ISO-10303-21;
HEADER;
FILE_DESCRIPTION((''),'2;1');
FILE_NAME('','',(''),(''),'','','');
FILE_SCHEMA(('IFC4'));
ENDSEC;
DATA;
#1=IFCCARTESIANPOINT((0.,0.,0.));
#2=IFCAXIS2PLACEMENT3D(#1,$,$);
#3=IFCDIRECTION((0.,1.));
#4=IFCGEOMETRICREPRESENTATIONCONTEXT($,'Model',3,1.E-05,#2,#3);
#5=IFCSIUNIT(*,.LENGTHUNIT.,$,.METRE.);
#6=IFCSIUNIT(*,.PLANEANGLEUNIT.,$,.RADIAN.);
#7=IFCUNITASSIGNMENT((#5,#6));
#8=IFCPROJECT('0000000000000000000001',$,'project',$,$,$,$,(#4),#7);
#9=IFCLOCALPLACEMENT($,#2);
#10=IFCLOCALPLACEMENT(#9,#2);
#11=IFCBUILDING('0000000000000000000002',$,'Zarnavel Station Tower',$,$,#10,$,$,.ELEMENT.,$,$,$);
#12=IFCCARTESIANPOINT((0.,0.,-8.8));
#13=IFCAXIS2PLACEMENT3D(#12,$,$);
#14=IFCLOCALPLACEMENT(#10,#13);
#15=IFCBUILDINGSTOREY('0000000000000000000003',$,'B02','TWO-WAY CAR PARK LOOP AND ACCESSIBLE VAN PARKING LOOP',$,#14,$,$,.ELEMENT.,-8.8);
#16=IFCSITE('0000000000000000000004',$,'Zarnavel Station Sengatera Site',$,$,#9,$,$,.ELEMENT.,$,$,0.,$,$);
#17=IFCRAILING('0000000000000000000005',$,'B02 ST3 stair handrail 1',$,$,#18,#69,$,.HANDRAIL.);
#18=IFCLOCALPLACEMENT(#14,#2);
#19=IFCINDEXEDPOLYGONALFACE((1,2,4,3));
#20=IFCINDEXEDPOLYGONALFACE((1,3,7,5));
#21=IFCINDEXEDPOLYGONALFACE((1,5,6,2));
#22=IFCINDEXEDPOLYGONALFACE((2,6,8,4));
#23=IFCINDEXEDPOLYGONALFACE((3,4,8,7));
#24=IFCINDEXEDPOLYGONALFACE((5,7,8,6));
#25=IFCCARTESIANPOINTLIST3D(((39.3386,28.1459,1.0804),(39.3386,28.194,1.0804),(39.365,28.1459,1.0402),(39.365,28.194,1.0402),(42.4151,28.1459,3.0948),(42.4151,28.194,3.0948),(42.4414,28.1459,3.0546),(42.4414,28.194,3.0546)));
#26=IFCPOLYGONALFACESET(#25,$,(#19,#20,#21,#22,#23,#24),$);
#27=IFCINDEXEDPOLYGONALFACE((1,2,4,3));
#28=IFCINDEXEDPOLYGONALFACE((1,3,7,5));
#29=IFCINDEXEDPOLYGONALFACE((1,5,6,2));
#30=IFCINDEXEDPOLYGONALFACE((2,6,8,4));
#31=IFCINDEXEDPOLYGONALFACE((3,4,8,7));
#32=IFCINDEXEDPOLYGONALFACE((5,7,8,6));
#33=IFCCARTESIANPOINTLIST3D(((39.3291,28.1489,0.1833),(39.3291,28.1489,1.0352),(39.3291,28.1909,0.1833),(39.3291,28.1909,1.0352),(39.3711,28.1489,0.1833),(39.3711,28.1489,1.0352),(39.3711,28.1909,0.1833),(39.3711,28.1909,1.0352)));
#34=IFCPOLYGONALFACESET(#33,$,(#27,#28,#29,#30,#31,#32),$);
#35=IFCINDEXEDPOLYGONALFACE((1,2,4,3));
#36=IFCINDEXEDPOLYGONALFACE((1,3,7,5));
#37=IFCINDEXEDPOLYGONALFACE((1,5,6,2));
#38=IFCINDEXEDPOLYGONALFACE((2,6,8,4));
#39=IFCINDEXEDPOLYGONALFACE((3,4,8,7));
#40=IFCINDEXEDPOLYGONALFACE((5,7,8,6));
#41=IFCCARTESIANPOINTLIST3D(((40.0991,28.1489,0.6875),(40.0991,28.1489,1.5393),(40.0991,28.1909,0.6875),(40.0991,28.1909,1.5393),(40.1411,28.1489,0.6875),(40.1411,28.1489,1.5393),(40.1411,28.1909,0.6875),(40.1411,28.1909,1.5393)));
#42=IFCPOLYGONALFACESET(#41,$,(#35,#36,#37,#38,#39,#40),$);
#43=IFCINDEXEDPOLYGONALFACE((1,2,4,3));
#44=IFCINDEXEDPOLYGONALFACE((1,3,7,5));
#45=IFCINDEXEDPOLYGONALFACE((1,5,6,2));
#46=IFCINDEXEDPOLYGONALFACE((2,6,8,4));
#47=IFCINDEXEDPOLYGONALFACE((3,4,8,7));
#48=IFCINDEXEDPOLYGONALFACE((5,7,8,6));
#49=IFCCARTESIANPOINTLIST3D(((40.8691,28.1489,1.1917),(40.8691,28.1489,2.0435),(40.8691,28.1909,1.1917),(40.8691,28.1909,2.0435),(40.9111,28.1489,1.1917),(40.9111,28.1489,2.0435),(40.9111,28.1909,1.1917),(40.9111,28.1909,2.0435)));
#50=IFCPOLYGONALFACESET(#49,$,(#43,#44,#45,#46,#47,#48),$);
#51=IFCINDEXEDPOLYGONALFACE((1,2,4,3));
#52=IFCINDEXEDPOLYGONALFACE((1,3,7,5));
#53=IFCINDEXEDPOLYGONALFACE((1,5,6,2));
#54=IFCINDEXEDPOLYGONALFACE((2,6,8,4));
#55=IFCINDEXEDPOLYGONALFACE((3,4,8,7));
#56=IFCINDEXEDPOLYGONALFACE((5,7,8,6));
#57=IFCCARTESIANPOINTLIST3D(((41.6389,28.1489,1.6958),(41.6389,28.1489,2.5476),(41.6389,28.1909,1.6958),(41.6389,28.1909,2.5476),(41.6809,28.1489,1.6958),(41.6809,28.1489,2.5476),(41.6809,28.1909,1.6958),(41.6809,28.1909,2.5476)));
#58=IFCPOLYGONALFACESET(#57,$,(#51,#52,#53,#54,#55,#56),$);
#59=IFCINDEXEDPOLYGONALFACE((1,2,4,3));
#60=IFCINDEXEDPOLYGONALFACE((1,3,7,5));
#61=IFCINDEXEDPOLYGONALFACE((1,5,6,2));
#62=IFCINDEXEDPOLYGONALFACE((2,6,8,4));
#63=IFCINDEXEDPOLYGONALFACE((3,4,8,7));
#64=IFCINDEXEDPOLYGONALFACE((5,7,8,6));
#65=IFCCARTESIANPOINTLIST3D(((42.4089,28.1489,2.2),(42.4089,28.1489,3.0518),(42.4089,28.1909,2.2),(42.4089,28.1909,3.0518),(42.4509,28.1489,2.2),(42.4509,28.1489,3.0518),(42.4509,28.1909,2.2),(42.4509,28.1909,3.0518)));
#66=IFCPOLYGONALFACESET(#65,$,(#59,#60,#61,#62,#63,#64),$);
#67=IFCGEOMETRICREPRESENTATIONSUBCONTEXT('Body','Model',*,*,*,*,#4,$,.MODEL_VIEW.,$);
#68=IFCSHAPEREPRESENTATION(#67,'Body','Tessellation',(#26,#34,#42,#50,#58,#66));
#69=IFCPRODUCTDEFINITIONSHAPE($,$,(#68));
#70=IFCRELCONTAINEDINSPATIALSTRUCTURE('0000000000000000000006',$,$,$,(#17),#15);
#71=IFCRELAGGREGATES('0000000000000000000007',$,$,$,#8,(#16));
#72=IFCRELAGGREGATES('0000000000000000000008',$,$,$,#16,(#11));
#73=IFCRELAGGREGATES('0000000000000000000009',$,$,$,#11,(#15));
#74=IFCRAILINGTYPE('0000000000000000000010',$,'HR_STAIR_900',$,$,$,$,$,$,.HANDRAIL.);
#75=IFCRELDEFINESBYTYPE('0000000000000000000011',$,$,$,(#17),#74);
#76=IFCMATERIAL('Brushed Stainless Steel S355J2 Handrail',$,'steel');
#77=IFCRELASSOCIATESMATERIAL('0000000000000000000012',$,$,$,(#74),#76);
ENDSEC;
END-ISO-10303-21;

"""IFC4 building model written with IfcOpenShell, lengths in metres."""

from ifc_helpers import new_model, si_unit, direction, frame, origin, origin_2d, place, context, subcontext, project, spatial, rectangle, extrude, material, type_object, element, save


model = new_model("IFC4")

# Units and contexts
model_context = context("Model", 3, precision=1e-05, world=origin(), true_north=direction((0.0, 1.0)))
body_context = subcontext(model_context, "Body", "Model", "MODEL_VIEW")
ifc_project = project(units=[si_unit("LENGTHUNIT", "METRE"), si_unit("PLANEANGLEUNIT", "RADIAN")], contexts=[model_context])

# Site, building, storey
site_placement = place(None, origin())
site = spatial("IfcSite", under=ifc_project, at=site_placement, Name="Zarnavel Station Sengatera Site", CompositionType="ELEMENT", RefElevation=0.0)
building_placement = place(site_placement, origin())
building = spatial("IfcBuilding", under=site, at=building_placement, Name="Zarnavel Station Tower", CompositionType="ELEMENT")
storey_placement = place(building_placement, frame((0.0, 0.0, -8.8)))
storey = spatial("IfcBuildingStorey", under=building, at=storey_placement, Name="B02", Description="TWO-WAY CAR PARK LOOP AND ACCESSIBLE VAN PARKING LOOP", CompositionType="ELEMENT", Elevation=-8.8)

# Railing
ifc_material_1 = material(Name="Brushed Stainless Steel S355J2 Handrail", Category="steel")
railing_type_1 = type_object("IfcRailingType", Name="HR_STAIR_900", PredefinedType="HANDRAIL", material=ifc_material_1)
railing_1_placement = place(storey_placement, frame((39.3501, 28.1699, 0.1833)))
element("IfcRailing", 1, at=railing_1_placement, inside=storey, type_object=railing_type_1, Name="B02 ST3 stair handrail 1", PredefinedType="HANDRAIL", context=body_context, shape_type="SweptSolid", body=[
    extrude(rectangle(XDim=0.0481, YDim=0.0481, at=origin_2d()), frame((0.0017, 0.0, 0.877), z_axis=(0.836613, 0.0, 0.547794), x_axis=(0.0, 1.0, 0.0)), (0.0, 0.0, 1.0), 3.6772),
    extrude(rectangle(XDim=0.042, YDim=0.042, at=origin_2d()), origin(), (0.0, 0.0, 1.0), 0.8518),
    extrude(rectangle(XDim=0.042, YDim=0.042, at=origin_2d()), frame((0.77, 0.0, 0.5042)), (0.0, 0.0, 1.0), 0.8518),
    extrude(rectangle(XDim=0.042, YDim=0.042, at=origin_2d()), frame((1.54, 0.0, 1.0083)), (0.0, 0.0, 1.0), 0.8518),
    extrude(rectangle(XDim=0.042, YDim=0.042, at=origin_2d()), frame((2.3098, 0.0, 1.5125)), (0.0, 0.0, 1.0), 0.8518),
    extrude(rectangle(XDim=0.042, YDim=0.042, at=origin_2d()), frame((3.0798, 0.0, 2.0166)), (0.0, 0.0, 1.0), 0.8518),
])

save(model, "model.ifc")
